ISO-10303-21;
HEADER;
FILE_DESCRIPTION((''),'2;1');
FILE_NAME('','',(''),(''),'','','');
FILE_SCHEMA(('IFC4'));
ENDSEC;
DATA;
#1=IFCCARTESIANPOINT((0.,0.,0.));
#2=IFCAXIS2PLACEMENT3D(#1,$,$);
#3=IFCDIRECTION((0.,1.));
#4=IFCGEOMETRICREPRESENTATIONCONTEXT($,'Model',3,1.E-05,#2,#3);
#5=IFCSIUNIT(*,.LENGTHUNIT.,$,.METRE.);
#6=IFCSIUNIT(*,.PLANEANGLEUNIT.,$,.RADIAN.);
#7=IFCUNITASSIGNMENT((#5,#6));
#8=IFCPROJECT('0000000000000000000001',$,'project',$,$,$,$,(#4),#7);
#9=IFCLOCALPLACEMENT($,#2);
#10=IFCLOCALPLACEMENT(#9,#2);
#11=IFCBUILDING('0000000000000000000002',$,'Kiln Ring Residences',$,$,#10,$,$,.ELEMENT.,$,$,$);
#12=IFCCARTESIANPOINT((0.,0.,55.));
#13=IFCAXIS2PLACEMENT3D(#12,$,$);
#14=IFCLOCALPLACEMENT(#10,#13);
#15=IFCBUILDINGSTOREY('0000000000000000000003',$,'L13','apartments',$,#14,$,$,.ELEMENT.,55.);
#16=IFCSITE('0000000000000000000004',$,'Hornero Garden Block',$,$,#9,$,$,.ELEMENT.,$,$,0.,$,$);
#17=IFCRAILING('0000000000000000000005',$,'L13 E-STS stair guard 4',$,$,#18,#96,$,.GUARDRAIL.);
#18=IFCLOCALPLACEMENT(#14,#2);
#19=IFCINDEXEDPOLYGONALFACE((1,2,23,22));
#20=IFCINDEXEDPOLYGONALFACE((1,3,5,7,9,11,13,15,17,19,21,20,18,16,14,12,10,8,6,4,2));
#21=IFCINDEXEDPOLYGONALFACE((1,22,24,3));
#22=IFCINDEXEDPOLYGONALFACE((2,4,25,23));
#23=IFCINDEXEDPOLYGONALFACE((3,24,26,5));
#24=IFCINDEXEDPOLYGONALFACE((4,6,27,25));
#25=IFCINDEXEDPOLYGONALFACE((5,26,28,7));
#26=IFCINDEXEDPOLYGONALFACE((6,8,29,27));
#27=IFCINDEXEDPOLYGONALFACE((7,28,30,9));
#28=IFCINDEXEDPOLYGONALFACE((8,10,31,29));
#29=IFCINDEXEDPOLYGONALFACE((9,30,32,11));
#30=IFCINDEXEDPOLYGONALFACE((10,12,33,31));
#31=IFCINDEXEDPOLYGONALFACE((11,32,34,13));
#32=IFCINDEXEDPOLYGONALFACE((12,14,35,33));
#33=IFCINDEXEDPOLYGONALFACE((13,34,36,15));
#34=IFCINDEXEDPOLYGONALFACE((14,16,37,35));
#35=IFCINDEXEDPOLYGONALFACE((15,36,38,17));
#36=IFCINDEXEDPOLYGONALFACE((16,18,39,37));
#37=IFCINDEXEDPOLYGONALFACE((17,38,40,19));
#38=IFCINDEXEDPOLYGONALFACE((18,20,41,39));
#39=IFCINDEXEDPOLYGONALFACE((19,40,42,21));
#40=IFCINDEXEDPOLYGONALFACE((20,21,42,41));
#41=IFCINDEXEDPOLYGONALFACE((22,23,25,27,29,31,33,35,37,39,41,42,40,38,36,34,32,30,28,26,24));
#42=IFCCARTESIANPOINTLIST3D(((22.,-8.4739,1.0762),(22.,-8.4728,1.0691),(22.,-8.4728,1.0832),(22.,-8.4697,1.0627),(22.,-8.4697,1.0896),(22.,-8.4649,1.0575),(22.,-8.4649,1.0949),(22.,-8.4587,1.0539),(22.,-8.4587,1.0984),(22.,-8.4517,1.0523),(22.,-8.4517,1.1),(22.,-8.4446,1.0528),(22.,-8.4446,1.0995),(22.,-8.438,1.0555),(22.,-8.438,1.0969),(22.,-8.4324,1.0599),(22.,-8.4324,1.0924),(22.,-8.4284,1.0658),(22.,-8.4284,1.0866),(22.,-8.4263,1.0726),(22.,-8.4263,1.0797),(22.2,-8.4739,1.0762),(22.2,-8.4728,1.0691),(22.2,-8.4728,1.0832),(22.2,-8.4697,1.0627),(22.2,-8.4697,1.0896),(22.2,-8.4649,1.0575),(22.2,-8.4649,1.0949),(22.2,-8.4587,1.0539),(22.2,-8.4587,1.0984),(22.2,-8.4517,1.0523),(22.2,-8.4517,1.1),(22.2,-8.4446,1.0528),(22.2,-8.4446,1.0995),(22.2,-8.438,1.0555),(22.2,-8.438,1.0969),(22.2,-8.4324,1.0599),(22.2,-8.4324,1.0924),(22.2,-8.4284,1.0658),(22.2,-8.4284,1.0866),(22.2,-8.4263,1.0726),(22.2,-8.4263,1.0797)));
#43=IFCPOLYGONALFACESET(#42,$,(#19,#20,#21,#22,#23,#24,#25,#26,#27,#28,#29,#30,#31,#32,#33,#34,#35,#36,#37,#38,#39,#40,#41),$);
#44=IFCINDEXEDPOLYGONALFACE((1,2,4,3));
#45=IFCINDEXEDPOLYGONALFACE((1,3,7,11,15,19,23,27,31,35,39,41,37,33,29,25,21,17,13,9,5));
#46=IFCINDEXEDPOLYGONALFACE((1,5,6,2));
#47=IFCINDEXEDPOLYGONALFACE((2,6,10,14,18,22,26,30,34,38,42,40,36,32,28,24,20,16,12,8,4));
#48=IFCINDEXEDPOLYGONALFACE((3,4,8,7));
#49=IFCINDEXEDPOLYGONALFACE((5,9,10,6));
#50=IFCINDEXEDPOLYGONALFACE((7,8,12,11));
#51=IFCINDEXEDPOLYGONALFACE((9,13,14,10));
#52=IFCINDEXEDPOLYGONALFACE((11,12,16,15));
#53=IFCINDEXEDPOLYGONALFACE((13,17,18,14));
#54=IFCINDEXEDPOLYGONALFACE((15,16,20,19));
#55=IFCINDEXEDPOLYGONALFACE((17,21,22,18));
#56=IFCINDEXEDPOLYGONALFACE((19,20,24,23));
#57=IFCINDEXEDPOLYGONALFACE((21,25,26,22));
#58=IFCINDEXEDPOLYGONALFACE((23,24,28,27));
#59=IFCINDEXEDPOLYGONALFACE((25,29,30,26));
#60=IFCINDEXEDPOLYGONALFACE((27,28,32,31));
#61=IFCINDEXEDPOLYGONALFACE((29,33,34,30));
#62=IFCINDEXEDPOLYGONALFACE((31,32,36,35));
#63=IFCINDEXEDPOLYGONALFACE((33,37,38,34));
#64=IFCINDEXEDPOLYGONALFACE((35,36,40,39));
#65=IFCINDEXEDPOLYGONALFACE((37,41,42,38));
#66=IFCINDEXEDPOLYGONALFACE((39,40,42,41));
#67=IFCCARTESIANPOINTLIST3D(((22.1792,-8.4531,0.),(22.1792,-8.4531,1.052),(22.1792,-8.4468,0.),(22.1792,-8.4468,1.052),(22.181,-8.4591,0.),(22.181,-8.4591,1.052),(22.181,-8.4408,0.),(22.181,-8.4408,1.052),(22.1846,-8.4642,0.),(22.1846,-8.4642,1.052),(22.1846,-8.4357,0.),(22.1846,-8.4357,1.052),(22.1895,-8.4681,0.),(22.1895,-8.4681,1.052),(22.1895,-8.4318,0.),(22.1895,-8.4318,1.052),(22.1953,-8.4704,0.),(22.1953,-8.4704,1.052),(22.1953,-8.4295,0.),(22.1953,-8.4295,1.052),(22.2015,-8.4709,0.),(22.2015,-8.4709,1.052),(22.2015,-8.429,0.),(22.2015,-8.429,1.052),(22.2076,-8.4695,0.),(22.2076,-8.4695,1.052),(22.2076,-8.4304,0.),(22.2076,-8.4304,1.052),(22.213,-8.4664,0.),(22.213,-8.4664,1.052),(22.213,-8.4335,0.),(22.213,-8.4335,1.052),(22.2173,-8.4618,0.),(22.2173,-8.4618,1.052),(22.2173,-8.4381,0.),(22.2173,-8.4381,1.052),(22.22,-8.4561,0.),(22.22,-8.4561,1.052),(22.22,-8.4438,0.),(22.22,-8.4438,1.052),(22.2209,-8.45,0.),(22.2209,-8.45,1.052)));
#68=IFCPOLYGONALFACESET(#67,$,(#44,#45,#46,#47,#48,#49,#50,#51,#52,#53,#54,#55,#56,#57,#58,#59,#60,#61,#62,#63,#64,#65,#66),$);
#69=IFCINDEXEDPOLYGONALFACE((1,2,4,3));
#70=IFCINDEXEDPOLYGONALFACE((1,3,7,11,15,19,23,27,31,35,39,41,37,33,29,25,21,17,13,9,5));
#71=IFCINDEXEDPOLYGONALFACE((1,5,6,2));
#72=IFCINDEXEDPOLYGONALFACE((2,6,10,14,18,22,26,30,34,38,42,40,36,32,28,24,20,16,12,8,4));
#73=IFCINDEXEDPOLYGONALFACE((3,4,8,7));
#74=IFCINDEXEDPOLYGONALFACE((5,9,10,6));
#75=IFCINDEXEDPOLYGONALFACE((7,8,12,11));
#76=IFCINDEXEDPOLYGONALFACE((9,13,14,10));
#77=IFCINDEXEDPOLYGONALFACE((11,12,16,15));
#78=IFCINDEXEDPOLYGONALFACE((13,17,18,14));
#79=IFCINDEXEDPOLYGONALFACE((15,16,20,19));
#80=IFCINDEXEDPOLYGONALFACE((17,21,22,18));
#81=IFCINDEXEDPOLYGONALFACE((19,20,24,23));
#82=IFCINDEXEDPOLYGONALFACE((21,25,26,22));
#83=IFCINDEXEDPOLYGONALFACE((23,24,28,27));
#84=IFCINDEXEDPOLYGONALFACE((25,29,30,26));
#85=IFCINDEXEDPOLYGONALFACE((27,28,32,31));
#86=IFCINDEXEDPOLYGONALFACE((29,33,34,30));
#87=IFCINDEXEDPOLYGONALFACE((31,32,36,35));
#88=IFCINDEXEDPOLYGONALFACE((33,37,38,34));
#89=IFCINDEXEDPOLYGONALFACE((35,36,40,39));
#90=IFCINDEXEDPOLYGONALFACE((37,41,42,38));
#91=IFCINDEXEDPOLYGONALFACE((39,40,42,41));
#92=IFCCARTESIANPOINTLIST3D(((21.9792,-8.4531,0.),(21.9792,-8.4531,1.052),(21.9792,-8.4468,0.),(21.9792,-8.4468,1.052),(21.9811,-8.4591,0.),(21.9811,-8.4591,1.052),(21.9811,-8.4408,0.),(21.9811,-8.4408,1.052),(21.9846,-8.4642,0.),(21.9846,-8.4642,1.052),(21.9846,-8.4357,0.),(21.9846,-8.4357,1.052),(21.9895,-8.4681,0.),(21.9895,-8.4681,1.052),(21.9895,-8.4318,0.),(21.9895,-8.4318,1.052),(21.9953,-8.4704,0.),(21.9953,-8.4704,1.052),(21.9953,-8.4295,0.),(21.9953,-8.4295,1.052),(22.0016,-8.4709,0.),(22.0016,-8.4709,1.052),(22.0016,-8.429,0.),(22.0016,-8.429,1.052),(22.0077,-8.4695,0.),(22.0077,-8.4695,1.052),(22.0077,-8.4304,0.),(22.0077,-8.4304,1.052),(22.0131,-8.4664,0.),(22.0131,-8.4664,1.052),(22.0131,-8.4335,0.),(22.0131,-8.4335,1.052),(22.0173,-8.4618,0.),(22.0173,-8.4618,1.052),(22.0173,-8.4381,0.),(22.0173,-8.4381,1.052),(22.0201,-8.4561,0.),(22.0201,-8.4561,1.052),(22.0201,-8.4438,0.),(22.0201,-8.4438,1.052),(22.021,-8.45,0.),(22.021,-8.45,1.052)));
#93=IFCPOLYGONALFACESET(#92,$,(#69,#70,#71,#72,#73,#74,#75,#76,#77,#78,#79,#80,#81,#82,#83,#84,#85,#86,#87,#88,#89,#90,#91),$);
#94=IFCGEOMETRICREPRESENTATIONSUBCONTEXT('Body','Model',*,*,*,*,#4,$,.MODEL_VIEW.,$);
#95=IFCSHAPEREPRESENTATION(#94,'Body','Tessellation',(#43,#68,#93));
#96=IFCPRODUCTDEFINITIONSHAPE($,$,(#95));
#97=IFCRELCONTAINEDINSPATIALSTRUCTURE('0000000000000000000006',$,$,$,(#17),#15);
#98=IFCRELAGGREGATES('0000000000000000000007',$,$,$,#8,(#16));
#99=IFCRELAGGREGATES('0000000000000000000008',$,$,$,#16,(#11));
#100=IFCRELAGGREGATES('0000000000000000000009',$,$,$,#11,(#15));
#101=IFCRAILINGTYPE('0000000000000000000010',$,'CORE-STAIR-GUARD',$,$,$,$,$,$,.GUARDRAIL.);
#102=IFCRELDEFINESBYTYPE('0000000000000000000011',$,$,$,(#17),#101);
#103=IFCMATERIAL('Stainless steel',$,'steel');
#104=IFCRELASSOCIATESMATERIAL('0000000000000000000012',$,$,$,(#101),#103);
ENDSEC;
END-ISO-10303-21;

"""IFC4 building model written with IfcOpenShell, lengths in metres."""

from ifc_helpers import new_model, si_unit, direction, frame, origin, origin_2d, place, context, subcontext, project, spatial, circle, extrude, material, type_object, element, save


model = new_model("IFC4")

# Units and contexts
model_context = context("Model", 3, precision=1e-05, world=origin(), true_north=direction((0.0, 1.0)))
body_context = subcontext(model_context, "Body", "Model", "MODEL_VIEW")
ifc_project = project(units=[si_unit("LENGTHUNIT", "METRE"), si_unit("PLANEANGLEUNIT", "RADIAN")], contexts=[model_context])

# Site, building, storey
site_placement = place(None, origin())
site = spatial("IfcSite", under=ifc_project, at=site_placement, Name="Hornero Garden Block", CompositionType="ELEMENT", RefElevation=0.0)
building_placement = place(site_placement, origin())
building = spatial("IfcBuilding", under=site, at=building_placement, Name="Kiln Ring Residences", CompositionType="ELEMENT")
storey_placement = place(building_placement, frame((0.0, 0.0, 55.0)))
storey = spatial("IfcBuildingStorey", under=building, at=storey_placement, Name="L13", Description="apartments", CompositionType="ELEMENT", Elevation=55.0)

# Railing
ifc_material_1 = material(Name="Stainless steel", Category="steel")
railing_type_1 = type_object("IfcRailingType", Name="CORE-STAIR-GUARD", PredefinedType="GUARDRAIL", material=ifc_material_1)
railing_1_placement = place(storey_placement, frame((22.2, -8.45, 0.0)))
element("IfcRailing", 1, at=railing_1_placement, inside=storey, type_object=railing_type_1, Name="L13 E-STS stair guard 4", PredefinedType="GUARDRAIL", context=body_context, shape_type="SweptSolid", body=[
    extrude(circle(Radius=0.0239, at=origin_2d()), frame((0.0, 0.0, 1.0762), z_axis=(-1.0, 0.0, 0.0), x_axis=(0.0, -1.0, 0.0)), (0.0, 0.0, 1.0), 0.2),
    extrude(circle(Radius=0.021, at=origin_2d()), origin(), (0.0, 0.0, 1.0), 1.052),
    extrude(circle(Radius=0.021, at=origin_2d()), frame((-0.2, 0.0, 0.0)), (0.0, 0.0, 1.0), 1.052),
])

save(model, "model.ifc")
